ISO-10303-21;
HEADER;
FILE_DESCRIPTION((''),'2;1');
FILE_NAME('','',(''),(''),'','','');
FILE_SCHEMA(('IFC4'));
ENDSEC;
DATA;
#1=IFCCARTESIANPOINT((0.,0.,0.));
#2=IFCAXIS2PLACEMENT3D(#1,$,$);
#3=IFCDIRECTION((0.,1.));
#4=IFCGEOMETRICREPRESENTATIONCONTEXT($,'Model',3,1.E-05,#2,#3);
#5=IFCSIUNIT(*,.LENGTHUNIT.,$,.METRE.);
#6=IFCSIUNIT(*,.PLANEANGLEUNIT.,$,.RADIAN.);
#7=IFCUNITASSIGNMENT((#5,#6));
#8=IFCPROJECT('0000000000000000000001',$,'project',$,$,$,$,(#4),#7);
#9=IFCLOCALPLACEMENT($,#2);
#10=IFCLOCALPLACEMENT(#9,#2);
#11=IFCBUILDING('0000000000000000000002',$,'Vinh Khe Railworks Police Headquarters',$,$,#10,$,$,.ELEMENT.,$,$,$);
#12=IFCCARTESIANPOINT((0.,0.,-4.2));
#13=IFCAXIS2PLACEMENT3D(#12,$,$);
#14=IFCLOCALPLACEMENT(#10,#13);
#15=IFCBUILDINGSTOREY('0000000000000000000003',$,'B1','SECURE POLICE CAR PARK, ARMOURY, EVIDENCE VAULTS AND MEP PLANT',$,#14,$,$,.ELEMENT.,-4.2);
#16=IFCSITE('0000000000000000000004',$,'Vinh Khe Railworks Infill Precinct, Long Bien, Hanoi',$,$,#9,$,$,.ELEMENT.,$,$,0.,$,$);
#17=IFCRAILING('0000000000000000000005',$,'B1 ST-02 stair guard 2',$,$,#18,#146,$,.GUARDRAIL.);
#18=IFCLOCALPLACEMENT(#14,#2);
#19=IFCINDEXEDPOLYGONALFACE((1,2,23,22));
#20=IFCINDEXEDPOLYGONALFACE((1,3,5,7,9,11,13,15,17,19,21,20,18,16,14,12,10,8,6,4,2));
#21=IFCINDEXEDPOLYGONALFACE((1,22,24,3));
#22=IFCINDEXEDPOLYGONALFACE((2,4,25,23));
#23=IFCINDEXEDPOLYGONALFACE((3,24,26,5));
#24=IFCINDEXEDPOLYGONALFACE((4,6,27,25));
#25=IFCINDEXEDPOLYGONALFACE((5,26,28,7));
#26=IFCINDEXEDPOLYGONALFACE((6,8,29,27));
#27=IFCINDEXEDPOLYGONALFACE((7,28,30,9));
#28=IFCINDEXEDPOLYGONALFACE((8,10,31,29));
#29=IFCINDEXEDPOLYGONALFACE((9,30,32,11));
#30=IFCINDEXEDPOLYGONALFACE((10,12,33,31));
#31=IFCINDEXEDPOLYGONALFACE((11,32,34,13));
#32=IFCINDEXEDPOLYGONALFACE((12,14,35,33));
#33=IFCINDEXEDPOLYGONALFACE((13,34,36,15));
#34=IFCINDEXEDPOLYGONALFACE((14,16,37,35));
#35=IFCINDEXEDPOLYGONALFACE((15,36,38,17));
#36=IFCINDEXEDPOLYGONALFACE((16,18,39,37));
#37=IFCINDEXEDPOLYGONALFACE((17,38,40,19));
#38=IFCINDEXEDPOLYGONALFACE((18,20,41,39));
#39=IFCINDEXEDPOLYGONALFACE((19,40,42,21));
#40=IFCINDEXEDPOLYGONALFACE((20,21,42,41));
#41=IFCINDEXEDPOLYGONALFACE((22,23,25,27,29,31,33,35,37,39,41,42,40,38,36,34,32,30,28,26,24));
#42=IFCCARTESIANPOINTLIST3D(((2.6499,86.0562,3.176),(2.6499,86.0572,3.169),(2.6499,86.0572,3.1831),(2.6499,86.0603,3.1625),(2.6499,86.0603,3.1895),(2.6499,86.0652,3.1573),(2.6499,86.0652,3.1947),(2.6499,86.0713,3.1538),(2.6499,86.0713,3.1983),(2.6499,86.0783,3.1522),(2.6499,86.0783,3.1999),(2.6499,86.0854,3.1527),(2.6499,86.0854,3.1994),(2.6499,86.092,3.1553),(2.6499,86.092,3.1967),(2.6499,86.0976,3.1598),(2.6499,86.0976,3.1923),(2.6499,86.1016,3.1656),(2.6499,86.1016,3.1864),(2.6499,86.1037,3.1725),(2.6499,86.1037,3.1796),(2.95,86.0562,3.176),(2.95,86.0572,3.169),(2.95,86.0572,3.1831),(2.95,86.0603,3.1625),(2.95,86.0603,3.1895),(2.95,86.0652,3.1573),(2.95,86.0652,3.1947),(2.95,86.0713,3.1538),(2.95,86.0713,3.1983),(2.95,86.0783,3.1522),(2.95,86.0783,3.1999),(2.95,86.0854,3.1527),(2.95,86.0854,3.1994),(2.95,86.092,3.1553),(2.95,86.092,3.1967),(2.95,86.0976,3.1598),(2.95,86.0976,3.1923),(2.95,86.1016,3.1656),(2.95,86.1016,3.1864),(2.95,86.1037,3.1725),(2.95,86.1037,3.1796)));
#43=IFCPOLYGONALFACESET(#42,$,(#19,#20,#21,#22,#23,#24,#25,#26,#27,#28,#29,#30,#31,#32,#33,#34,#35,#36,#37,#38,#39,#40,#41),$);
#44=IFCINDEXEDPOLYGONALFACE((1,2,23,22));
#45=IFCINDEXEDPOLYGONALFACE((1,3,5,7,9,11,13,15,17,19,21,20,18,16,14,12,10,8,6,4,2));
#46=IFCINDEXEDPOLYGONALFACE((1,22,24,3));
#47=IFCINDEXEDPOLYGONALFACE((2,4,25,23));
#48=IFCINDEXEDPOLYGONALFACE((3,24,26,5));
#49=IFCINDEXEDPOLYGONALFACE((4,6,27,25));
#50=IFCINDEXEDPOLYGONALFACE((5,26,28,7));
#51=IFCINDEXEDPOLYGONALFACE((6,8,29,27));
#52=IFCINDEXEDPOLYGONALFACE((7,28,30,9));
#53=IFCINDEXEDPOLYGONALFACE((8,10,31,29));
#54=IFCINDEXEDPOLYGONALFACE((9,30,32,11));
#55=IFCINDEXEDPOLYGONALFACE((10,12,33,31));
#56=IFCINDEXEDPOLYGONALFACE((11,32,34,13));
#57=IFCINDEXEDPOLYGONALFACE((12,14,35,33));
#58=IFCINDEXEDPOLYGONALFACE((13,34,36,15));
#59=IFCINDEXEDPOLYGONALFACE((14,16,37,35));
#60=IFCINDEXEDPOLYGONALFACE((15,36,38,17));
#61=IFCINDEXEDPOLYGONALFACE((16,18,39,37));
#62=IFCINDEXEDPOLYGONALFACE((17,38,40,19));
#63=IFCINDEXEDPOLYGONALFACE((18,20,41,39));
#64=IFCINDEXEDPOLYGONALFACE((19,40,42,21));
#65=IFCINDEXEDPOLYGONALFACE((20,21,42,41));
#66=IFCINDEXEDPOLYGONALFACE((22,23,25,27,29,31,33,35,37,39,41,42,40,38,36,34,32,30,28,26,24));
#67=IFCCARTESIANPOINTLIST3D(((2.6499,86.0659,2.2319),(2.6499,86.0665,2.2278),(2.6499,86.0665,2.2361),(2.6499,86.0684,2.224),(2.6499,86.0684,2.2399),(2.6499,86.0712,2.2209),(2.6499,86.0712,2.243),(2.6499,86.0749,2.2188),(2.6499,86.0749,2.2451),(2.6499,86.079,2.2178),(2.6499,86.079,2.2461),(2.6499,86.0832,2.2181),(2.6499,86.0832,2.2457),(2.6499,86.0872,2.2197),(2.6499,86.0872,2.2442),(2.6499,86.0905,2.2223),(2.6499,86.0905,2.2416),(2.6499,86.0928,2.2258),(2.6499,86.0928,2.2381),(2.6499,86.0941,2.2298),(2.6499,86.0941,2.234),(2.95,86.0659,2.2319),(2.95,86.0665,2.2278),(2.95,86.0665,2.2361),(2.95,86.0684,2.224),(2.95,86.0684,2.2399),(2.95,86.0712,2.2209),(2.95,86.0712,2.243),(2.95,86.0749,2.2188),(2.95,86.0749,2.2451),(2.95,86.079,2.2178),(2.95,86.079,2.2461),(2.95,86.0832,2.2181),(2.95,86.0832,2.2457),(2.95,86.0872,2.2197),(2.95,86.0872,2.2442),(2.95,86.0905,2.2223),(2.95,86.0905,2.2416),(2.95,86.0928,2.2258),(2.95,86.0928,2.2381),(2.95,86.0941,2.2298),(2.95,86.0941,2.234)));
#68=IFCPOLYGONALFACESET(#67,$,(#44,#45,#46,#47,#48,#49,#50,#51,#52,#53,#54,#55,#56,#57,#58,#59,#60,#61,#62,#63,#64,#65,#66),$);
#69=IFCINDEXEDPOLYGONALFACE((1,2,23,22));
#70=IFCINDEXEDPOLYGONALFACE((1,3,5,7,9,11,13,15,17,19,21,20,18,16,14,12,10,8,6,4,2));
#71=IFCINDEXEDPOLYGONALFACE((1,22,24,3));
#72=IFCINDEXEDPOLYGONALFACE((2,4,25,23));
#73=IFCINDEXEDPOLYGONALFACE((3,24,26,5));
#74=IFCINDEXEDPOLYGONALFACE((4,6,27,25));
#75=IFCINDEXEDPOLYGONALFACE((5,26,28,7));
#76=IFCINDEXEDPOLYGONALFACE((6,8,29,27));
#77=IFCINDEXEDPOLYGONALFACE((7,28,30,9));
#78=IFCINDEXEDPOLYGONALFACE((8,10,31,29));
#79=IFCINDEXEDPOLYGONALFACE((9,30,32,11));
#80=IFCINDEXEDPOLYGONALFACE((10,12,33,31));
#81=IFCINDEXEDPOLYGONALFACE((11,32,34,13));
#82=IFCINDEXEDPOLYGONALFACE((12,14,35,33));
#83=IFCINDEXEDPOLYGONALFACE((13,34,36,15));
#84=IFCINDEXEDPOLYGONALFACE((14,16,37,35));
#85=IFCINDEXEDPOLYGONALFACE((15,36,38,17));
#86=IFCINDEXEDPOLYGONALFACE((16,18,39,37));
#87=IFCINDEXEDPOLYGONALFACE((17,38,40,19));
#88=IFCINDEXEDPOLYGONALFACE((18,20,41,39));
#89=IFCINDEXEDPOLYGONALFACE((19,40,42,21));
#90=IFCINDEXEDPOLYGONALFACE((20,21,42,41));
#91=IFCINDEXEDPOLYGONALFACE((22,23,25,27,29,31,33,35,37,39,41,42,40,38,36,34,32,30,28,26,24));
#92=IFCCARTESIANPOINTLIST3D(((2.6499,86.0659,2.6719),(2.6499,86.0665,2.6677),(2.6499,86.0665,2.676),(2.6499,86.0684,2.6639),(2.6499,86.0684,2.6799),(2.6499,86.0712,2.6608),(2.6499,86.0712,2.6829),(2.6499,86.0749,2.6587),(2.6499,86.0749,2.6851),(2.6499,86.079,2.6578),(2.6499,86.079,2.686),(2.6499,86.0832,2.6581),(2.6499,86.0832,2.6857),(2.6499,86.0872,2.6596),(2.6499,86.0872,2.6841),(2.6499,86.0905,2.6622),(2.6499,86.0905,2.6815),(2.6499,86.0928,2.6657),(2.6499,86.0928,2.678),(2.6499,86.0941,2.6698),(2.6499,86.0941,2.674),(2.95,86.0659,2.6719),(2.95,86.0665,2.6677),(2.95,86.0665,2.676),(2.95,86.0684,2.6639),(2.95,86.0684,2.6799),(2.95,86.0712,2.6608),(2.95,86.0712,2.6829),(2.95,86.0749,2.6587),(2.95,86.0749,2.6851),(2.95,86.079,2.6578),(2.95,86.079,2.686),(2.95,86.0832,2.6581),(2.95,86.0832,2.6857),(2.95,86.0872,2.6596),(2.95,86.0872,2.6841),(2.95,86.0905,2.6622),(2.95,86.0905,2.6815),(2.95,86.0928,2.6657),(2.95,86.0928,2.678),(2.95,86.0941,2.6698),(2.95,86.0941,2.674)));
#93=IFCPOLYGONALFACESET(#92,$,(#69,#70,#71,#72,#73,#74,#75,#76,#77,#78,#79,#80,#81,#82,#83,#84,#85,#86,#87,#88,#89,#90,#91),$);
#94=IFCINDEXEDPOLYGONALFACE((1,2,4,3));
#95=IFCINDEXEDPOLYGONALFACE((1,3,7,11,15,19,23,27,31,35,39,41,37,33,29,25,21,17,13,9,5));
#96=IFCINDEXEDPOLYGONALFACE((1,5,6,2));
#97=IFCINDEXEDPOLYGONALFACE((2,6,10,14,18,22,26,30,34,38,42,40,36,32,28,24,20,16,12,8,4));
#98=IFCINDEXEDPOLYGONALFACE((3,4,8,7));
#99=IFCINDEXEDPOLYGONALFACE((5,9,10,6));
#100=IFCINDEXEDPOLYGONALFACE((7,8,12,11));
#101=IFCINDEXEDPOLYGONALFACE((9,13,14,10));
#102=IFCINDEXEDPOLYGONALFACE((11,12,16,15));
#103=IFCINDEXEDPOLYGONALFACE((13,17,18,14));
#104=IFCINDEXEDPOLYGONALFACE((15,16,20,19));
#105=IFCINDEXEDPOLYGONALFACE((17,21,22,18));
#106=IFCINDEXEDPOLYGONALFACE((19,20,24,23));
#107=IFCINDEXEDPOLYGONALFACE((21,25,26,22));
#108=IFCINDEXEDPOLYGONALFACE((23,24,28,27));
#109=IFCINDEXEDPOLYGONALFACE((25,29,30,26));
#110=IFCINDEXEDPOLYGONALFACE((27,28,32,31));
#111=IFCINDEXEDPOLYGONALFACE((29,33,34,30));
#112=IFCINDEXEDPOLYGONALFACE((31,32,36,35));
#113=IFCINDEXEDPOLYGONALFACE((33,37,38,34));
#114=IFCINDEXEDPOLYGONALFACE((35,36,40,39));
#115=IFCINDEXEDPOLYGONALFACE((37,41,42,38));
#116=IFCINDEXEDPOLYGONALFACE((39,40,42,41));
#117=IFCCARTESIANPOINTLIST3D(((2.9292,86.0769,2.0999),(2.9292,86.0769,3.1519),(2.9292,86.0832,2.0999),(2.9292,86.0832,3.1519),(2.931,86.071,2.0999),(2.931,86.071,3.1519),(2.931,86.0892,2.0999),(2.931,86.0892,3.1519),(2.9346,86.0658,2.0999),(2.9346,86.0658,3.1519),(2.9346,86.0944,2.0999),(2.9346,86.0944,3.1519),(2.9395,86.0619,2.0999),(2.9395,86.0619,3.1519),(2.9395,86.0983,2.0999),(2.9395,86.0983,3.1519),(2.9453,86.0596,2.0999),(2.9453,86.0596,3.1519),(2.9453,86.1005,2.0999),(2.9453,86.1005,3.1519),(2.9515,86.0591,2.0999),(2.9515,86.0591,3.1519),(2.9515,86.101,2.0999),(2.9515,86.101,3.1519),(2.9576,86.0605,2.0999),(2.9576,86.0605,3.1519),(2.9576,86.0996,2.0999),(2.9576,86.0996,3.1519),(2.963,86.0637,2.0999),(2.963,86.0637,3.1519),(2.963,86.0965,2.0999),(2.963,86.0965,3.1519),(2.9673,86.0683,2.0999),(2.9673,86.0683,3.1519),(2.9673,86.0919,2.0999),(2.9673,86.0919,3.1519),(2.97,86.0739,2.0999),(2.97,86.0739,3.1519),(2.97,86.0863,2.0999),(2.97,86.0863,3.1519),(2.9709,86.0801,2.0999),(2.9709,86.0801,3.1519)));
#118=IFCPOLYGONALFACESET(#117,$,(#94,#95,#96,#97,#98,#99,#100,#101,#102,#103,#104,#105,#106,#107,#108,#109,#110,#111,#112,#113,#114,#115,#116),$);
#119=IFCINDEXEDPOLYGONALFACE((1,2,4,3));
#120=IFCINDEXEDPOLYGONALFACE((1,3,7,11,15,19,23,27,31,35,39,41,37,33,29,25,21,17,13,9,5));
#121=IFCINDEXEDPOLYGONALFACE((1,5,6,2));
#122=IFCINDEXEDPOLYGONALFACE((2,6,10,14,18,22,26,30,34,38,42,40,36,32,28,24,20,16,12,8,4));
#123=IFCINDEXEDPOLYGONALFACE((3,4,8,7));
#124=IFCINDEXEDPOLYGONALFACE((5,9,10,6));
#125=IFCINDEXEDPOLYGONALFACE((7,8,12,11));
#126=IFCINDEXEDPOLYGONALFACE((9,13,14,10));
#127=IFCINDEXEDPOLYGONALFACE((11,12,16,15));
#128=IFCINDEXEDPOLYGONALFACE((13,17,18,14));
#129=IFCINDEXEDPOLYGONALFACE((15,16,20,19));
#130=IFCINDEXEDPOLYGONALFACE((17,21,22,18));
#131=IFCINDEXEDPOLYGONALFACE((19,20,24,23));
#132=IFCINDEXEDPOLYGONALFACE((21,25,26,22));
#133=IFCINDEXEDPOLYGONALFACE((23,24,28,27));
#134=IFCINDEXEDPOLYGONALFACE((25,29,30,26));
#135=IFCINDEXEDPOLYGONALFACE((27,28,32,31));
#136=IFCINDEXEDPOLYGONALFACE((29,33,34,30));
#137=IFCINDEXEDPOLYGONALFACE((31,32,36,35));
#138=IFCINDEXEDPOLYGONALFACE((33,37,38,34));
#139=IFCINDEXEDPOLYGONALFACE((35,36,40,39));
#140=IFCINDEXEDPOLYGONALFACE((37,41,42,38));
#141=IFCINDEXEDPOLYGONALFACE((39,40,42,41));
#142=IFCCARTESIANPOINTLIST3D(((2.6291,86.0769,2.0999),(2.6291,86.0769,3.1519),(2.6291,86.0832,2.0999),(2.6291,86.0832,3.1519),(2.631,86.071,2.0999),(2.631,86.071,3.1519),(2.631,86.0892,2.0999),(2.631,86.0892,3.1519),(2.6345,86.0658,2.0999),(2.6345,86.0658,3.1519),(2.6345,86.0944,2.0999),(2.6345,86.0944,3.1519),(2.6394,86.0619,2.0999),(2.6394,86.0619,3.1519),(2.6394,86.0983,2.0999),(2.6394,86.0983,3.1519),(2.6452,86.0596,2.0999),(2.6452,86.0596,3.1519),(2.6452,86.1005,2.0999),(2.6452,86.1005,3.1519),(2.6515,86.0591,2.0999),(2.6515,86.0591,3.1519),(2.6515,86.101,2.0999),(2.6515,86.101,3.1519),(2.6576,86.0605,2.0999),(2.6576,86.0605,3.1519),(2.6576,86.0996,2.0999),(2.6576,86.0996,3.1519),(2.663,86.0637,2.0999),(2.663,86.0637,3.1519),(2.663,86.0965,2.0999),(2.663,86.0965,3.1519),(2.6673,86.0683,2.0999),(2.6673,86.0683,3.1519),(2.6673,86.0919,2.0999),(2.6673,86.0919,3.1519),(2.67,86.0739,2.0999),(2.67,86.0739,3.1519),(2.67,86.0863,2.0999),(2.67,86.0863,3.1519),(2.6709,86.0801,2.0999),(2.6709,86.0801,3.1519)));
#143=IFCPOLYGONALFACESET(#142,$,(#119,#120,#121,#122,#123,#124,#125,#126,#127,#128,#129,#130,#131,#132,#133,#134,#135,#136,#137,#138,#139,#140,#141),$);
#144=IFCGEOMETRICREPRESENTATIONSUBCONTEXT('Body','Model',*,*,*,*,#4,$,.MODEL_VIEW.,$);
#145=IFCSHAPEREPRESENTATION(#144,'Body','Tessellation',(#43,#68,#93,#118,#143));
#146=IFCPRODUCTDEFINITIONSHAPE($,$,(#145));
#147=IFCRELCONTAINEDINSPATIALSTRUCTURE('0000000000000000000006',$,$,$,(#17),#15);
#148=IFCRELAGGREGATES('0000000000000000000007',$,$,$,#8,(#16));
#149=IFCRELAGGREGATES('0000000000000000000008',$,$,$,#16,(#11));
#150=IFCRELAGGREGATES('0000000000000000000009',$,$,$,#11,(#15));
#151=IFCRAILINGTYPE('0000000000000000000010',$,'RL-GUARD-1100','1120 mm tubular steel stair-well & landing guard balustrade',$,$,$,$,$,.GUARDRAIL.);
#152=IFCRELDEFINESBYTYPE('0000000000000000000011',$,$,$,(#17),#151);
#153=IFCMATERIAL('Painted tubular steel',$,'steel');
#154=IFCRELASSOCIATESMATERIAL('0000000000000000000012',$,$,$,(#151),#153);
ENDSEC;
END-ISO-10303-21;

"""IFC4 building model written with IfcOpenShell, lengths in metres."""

from ifc_helpers import new_model, si_unit, direction, frame, origin, origin_2d, place, context, subcontext, project, spatial, circle, extrude, material, type_object, element, save


model = new_model("IFC4")

# Units and contexts
model_context = context("Model", 3, precision=1e-05, world=origin(), true_north=direction((0.0, 1.0)))
body_context = subcontext(model_context, "Body", "Model", "MODEL_VIEW")
ifc_project = project(units=[si_unit("LENGTHUNIT", "METRE"), si_unit("PLANEANGLEUNIT", "RADIAN")], contexts=[model_context])

# Site, building, storey
site_placement = place(None, origin())
site = spatial("IfcSite", under=ifc_project, at=site_placement, Name="Vinh Khe Railworks Infill Precinct, Long Bien, Hanoi", CompositionType="ELEMENT", RefElevation=0.0)
building_placement = place(site_placement, origin())
building = spatial("IfcBuilding", under=site, at=building_placement, Name="Vinh Khe Railworks Police Headquarters", CompositionType="ELEMENT")
storey_placement = place(building_placement, frame((0.0, 0.0, -4.2)))
storey = spatial("IfcBuildingStorey", under=building, at=storey_placement, Name="B1", Description="SECURE POLICE CAR PARK, ARMOURY, EVIDENCE VAULTS AND MEP PLANT", CompositionType="ELEMENT", Elevation=-4.2)

# Railing
ifc_material_1 = material(Name="Painted tubular steel", Category="steel")
railing_type_1 = type_object("IfcRailingType", Name="RL-GUARD-1100", Description="1120 mm tubular steel stair-well & landing guard balustrade", PredefinedType="GUARDRAIL", material=ifc_material_1)
railing_1_placement = place(storey_placement, frame((2.95, 86.0801, 2.0999)))
element("IfcRailing", 1, at=railing_1_placement, inside=storey, type_object=railing_type_1, Name="B1 ST-02 stair guard 2", PredefinedType="GUARDRAIL", context=body_context, shape_type="SweptSolid", body=[
    extrude(circle(Radius=0.0239, at=origin_2d()), frame((0.0, 0.0, 1.0762), z_axis=(-1.0, 0.0, 0.0), x_axis=(0.0, -1.0, 0.0)), (0.0, 0.0, 1.0), 0.3),
    extrude(circle(Radius=0.0142, at=origin_2d()), frame((0.0, 0.0, 0.1321), z_axis=(-1.0, 0.0, 0.0), x_axis=(0.0, -1.0, 0.0)), (0.0, 0.0, 1.0), 0.3),
    extrude(circle(Radius=0.0142, at=origin_2d()), frame((0.0, 0.0, 0.572), z_axis=(-1.0, 0.0, 0.0), x_axis=(0.0, -1.0, 0.0)), (0.0, 0.0, 1.0), 0.3),
    extrude(circle(Radius=0.021, at=origin_2d()), origin(), (0.0, 0.0, 1.0), 1.052),
    extrude(circle(Radius=0.021, at=origin_2d()), frame((-0.3, 0.0, 0.0)), (0.0, 0.0, 1.0), 1.052),
])

save(model, "model.ifc")
